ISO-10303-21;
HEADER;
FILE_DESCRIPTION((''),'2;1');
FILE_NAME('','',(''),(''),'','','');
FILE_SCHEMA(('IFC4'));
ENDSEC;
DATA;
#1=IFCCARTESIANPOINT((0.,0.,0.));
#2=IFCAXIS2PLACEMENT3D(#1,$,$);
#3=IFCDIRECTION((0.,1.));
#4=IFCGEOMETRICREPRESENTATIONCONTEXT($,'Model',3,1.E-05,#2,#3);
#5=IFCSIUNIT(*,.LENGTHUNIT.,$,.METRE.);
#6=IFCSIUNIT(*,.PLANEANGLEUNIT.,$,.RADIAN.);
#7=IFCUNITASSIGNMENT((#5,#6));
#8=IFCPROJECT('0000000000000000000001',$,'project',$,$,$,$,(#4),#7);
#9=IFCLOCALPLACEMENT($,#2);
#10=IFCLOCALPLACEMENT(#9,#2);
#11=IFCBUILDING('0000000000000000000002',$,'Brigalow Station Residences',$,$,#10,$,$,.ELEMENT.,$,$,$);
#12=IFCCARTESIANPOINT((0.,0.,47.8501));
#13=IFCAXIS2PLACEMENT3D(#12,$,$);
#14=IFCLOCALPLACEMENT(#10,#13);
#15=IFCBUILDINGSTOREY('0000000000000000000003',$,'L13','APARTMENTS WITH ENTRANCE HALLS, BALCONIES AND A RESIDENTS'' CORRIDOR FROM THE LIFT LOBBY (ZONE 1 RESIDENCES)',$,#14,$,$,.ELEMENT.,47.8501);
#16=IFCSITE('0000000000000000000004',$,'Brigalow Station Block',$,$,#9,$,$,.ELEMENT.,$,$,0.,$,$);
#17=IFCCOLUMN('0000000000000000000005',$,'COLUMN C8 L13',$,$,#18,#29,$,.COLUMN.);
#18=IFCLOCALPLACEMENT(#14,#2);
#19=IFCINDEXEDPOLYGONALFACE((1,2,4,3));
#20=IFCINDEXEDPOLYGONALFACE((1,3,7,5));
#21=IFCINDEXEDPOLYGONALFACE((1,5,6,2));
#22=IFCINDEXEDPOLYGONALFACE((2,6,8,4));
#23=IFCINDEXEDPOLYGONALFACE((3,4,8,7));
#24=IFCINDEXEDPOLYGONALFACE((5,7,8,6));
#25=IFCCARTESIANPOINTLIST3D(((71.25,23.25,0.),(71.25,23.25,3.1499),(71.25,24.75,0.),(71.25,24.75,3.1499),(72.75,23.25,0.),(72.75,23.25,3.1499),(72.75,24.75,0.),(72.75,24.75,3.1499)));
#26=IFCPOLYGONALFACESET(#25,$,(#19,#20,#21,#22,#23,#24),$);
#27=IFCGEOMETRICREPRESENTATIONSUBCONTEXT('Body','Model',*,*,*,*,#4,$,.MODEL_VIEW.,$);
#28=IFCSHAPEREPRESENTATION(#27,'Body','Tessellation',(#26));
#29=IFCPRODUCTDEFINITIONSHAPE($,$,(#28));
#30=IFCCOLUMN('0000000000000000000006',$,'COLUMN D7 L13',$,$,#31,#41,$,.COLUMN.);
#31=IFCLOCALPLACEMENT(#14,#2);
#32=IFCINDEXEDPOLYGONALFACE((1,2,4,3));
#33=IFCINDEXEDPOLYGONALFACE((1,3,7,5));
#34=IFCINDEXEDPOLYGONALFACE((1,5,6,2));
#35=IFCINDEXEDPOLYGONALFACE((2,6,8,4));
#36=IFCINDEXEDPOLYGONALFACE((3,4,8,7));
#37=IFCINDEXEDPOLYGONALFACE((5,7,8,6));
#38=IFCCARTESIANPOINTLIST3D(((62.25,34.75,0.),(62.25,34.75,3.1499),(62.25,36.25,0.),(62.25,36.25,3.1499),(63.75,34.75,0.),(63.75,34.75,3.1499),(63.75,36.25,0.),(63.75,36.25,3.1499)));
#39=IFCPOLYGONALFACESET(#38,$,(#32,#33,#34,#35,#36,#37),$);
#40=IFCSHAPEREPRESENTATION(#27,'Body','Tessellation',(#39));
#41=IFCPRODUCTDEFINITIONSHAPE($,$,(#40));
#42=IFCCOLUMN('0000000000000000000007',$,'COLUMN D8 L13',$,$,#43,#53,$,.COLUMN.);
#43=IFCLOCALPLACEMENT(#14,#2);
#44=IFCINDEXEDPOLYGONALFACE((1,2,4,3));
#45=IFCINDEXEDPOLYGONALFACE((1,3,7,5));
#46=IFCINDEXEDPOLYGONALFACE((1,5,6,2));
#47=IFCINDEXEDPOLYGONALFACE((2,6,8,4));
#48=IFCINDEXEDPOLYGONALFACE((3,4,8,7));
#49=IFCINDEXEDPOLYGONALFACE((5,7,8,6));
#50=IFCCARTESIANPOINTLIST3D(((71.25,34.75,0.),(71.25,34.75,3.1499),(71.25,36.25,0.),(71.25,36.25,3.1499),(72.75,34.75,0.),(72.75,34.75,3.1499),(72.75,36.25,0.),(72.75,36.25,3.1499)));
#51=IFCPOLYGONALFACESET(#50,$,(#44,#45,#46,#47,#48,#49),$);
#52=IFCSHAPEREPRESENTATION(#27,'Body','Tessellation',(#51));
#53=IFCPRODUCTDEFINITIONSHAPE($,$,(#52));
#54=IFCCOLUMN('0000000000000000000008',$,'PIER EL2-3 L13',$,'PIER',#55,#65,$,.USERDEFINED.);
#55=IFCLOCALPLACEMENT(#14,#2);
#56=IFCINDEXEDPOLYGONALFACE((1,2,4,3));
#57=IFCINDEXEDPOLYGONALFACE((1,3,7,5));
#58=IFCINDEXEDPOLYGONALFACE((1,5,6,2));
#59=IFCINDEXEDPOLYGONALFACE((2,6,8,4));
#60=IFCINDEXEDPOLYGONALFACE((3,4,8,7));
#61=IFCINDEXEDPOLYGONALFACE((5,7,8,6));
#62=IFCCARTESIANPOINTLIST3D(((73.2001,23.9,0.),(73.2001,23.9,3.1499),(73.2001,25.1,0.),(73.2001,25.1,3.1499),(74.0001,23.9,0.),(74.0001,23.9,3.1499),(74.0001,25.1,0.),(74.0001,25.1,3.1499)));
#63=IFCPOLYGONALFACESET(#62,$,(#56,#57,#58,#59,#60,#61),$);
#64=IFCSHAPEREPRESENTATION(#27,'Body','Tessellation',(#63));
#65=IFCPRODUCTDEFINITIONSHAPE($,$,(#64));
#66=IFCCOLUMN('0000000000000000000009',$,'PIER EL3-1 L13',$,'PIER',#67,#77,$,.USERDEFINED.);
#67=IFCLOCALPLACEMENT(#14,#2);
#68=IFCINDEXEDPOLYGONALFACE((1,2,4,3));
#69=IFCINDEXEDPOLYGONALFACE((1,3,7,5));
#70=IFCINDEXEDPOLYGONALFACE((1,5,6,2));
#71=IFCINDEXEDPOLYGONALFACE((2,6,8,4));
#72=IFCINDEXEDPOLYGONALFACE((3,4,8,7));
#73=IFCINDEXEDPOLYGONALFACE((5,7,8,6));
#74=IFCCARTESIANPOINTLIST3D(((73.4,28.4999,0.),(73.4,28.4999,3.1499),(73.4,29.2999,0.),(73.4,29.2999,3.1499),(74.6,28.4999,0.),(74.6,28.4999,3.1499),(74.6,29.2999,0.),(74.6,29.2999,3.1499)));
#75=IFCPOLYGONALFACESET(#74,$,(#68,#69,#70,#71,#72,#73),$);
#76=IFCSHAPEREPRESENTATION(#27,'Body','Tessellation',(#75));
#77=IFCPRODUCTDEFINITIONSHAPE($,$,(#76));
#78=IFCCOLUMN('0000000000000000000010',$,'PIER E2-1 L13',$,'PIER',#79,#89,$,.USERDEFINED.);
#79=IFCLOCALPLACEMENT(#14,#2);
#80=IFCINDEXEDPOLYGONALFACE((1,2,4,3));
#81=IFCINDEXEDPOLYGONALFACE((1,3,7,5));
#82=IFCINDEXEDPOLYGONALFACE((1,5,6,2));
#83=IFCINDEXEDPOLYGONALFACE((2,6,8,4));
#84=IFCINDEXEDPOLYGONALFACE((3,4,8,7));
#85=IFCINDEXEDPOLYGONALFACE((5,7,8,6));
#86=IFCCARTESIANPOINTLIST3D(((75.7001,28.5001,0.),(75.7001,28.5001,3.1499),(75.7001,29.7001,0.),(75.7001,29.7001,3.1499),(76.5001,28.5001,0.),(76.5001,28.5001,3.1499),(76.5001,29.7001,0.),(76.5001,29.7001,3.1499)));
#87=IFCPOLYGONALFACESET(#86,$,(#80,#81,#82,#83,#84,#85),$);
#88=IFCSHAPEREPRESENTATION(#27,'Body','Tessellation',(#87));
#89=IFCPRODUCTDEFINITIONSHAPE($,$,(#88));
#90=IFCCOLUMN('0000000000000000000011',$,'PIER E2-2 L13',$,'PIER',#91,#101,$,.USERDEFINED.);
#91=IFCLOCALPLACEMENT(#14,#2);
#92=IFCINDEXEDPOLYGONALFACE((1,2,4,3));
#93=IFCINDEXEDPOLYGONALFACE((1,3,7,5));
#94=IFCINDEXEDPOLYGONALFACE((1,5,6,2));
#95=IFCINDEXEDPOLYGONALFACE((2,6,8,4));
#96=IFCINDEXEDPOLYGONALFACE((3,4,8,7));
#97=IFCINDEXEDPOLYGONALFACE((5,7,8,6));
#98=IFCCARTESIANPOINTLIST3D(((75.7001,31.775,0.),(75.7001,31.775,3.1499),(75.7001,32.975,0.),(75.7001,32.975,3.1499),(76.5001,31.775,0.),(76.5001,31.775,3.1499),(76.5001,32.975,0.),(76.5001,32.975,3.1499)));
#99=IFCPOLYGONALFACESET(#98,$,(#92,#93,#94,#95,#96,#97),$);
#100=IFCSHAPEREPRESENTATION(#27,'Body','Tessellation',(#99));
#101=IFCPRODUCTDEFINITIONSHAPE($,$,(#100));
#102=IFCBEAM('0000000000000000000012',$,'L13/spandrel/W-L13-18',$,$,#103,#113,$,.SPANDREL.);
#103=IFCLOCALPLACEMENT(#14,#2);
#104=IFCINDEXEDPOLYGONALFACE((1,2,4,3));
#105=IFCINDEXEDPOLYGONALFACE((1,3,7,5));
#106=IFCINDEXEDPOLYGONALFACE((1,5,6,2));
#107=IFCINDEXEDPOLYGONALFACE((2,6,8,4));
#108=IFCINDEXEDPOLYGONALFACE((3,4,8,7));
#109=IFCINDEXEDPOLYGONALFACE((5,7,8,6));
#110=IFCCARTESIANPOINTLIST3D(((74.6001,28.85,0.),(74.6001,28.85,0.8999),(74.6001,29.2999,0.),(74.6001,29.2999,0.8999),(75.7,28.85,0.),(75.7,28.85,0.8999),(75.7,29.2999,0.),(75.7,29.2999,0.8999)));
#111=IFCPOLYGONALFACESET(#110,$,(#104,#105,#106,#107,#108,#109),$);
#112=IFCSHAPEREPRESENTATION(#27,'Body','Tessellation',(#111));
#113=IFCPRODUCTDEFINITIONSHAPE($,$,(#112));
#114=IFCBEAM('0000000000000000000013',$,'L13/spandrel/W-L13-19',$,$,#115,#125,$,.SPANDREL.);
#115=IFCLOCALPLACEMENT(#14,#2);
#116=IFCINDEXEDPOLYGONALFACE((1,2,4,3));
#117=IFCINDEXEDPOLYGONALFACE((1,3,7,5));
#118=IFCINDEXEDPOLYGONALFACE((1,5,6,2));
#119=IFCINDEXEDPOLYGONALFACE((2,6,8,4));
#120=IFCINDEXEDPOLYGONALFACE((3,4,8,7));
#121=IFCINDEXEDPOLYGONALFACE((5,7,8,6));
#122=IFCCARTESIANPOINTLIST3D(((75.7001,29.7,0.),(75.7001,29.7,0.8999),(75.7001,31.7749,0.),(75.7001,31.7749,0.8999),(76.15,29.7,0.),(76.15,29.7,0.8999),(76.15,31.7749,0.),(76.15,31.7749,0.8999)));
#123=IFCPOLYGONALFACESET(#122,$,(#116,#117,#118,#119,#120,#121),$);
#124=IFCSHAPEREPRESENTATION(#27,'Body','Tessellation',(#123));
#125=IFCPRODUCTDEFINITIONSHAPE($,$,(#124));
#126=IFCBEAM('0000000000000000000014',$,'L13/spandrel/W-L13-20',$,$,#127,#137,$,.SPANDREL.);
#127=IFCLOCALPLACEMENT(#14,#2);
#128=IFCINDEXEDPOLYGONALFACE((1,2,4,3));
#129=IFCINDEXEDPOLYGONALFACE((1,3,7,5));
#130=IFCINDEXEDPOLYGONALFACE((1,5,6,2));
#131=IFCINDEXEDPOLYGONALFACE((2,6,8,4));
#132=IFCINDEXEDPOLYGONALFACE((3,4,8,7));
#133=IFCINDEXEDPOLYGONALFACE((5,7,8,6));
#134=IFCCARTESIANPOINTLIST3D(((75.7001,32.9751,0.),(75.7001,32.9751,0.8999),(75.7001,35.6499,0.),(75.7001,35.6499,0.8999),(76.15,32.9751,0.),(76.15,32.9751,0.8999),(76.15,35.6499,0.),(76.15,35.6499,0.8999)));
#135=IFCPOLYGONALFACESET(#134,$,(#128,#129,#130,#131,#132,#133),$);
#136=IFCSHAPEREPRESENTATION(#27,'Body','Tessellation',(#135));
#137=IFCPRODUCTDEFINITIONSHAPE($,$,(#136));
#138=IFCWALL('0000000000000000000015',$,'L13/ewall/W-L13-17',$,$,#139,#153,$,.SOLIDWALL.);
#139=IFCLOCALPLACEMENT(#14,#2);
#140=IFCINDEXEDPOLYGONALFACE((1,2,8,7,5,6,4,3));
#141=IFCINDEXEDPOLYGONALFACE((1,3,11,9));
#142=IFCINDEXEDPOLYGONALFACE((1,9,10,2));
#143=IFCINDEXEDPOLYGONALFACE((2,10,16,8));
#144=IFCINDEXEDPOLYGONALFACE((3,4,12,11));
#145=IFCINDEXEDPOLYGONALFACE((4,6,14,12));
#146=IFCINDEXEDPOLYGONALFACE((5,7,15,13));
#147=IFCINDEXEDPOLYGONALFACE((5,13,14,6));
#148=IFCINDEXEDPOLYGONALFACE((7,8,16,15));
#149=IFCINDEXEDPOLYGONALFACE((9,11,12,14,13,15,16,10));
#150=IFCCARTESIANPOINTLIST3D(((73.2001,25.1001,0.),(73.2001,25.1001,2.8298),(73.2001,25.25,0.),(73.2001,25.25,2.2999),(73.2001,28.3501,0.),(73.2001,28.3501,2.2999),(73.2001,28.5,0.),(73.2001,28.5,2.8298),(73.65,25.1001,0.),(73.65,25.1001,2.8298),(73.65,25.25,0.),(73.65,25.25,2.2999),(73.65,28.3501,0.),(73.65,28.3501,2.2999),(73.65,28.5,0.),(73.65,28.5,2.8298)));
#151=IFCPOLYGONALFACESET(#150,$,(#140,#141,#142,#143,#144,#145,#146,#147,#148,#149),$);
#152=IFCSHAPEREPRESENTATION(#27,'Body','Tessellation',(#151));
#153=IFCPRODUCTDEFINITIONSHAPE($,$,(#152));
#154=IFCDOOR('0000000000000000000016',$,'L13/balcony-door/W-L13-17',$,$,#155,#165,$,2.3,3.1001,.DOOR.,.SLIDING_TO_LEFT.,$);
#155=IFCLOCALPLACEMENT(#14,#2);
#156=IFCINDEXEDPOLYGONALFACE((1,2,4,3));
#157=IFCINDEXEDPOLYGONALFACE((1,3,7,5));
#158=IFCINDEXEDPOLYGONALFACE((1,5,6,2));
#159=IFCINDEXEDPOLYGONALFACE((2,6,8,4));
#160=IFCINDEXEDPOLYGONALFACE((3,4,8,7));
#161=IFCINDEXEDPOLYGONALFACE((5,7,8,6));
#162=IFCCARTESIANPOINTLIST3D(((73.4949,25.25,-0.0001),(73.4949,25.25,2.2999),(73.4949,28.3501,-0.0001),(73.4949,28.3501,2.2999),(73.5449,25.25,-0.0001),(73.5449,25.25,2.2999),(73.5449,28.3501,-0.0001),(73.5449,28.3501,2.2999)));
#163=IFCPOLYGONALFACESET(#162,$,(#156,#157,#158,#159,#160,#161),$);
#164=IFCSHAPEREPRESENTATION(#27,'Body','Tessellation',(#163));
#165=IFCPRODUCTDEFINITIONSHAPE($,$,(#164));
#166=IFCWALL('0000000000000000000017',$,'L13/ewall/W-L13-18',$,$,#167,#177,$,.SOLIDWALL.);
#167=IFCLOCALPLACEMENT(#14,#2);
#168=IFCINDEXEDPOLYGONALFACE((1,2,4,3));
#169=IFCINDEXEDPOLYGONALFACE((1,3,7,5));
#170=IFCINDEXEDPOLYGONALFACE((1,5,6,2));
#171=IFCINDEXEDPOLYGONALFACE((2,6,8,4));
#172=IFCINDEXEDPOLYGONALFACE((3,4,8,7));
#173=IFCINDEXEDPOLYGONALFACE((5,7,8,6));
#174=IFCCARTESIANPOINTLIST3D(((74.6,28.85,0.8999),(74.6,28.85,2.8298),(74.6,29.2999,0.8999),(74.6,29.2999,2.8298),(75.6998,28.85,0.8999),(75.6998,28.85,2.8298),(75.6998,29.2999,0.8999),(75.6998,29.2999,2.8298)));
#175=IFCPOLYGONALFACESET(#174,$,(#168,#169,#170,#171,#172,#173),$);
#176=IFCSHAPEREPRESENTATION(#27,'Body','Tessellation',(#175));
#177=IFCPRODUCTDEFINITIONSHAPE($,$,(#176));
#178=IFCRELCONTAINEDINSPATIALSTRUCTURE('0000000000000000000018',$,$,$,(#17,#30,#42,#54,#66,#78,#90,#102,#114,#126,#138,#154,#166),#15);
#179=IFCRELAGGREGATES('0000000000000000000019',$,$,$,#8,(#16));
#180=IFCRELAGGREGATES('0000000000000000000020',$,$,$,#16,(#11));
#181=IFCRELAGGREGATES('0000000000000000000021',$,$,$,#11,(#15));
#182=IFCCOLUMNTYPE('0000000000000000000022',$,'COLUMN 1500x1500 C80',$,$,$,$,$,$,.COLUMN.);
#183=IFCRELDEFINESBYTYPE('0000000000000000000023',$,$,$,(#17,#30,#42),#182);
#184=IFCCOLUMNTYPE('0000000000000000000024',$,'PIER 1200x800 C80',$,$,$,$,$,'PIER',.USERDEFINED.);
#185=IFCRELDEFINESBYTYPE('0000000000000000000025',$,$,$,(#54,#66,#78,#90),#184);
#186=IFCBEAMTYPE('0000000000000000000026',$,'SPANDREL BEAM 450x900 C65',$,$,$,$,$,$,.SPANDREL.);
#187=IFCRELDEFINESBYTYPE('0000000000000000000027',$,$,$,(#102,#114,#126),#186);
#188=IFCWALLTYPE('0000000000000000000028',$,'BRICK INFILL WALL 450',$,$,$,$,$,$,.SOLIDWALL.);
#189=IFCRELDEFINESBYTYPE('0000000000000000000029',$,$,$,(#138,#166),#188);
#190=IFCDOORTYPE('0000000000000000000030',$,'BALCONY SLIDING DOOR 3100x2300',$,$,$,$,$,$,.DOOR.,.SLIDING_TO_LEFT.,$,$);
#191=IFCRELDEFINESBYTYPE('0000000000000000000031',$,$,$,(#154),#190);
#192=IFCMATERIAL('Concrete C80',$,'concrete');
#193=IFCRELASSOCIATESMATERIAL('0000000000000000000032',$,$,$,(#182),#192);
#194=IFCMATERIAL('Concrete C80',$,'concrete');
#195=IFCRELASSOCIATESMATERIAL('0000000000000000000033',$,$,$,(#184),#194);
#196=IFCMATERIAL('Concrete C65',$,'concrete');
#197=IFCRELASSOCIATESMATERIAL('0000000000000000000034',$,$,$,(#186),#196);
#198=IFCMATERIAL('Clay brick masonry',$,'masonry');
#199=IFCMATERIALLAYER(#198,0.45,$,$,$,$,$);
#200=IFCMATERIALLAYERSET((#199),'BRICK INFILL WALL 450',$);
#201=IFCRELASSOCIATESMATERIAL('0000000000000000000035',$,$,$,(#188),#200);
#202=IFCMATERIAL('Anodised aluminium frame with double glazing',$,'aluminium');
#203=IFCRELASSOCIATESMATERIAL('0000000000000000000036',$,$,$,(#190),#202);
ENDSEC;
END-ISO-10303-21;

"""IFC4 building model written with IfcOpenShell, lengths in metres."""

from ifc_helpers import new_model, si_unit, direction, frame, frame_2d, origin, origin_2d, place, context, subcontext, project, spatial, rectangle, extrude, material, layer, layer_set, material_profile, profile_set, type_object, element, fill, save


model = new_model("IFC4")

# Units and contexts
model_context = context("Model", 3, precision=1e-05, world=origin(), true_north=direction((0.0, 1.0)))
body_context = subcontext(model_context, "Body", "Model", "MODEL_VIEW")
ifc_project = project(units=[si_unit("LENGTHUNIT", "METRE"), si_unit("PLANEANGLEUNIT", "RADIAN")], contexts=[model_context])

# Site, building, storey
site_placement = place(None, origin())
site = spatial("IfcSite", under=ifc_project, at=site_placement, Name="Brigalow Station Block", CompositionType="ELEMENT", RefElevation=0.0)
building_placement = place(site_placement, origin())
building = spatial("IfcBuilding", under=site, at=building_placement, Name="Brigalow Station Residences", CompositionType="ELEMENT")
storey_placement = place(building_placement, frame((0.0, 0.0, 47.8501)))
storey = spatial("IfcBuildingStorey", under=building, at=storey_placement, Name="L13", Description="APARTMENTS WITH ENTRANCE HALLS, BALCONIES AND A RESIDENTS' CORRIDOR FROM THE LIFT LOBBY (ZONE 1 RESIDENCES)", CompositionType="ELEMENT", Elevation=47.8501)

# Columns
ifc_material_1 = material(Name="Concrete C80", Category="concrete")
ifc_material_profile_1 = material_profile(ifc_material_1, rectangle(XDim=1.5, YDim=1.5, at=origin_2d()), Name="RC1500x1500")
ifc_profile_set_1 = profile_set([ifc_material_profile_1], Name="Concrete C80")
column_type_1 = type_object("IfcColumnType", Name="COLUMN 1500x1500 C80", PredefinedType="COLUMN", material=ifc_profile_set_1)
for number, where, z_axis, x_axis, name in (
    (1, (72.0, 24.0, 0.0), (0.0, 0.0, 1.0), (1.0, 0.0, 0.0), "COLUMN C8 L13"),
    (2, (63.0, 35.5, 0.0), (0.0, 0.0, 1.0), (1.0, 0.0, 0.0), "COLUMN D7 L13"),
    (3, (72.0, 35.5, 0.0), (0.0, 0.0, 1.0), (1.0, 0.0, 0.0), "COLUMN D8 L13"),
):
    element("IfcColumn", number, at=place(storey_placement, frame(where, z_axis=z_axis, x_axis=x_axis)), inside=storey, type_object=column_type_1, Name=name, PredefinedType="COLUMN", context=body_context, shape_type="SweptSolid", body=[
        extrude(rectangle(XDim=1.5, YDim=1.5, at=origin_2d()), origin(), (0.0, 0.0, 1.0), 3.1499),
    ])
ifc_material_2 = material(Name="Concrete C80", Category="concrete")
ifc_material_profile_2 = material_profile(ifc_material_2, rectangle(XDim=1.2, YDim=0.8, at=origin_2d()), Name="RC1200x800")
ifc_profile_set_2 = profile_set([ifc_material_profile_2], Name="Concrete C80")
column_type_2 = type_object("IfcColumnType", Name="PIER 1200x800 C80", ElementType="PIER", PredefinedType="USERDEFINED", material=ifc_profile_set_2)
for number, where, z_axis, x_axis, name in (
    (4, (73.6001, 24.5, 0.0), (0.0, 0.0, 1.0), (0.0, 1.0, 0.0), "PIER EL2-3 L13"),
    (5, (74.0, 28.8999, 0.0), (0.0, 0.0, 1.0), (1.0, 0.0, 0.0), "PIER EL3-1 L13"),
    (6, (76.1001, 29.1001, 0.0), (0.0, 0.0, 1.0), (0.0, 1.0, 0.0), "PIER E2-1 L13"),
    (7, (76.1001, 32.375, 0.0), (0.0, 0.0, 1.0), (0.0, 1.0, 0.0), "PIER E2-2 L13"),
):
    element("IfcColumn", number, at=place(storey_placement, frame(where, z_axis=z_axis, x_axis=x_axis)), inside=storey, type_object=column_type_2, Name=name, ObjectType="PIER", PredefinedType="USERDEFINED", context=body_context, shape_type="SweptSolid", body=[
        extrude(rectangle(XDim=1.2, YDim=0.8, at=origin_2d()), origin(), (0.0, 0.0, 1.0), 3.1499),
    ])

# Beams
ifc_material_3 = material(Name="Concrete C65", Category="concrete")
ifc_material_profile_3 = material_profile(ifc_material_3, rectangle(XDim=0.45, YDim=0.8999, at=origin_2d()), Name="RC450x900")
ifc_profile_set_3 = profile_set([ifc_material_profile_3], Name="Concrete C65")
beam_type = type_object("IfcBeamType", Name="SPANDREL BEAM 450x900 C65", PredefinedType="SPANDREL", material=ifc_profile_set_3)
beam_1_placement = place(storey_placement, frame((74.6001, 29.075, 0.45), z_axis=(1.0, 0.0, 0.0), x_axis=(0.0, 1.0, 0.0)))
element("IfcBeam", 8, at=beam_1_placement, inside=storey, type_object=beam_type, Name="L13/spandrel/W-L13-18", PredefinedType="SPANDREL", context=body_context, shape_type="SweptSolid", body=[
    extrude(rectangle(XDim=0.45, YDim=0.8999, at=origin_2d()), origin(), (0.0, 0.0, 1.0), 1.0999),
])
beam_2_placement = place(storey_placement, frame((75.925, 29.7, 0.45), z_axis=(0.0, 1.0, 0.0), x_axis=(-1.0, 0.0, 0.0)))
element("IfcBeam", 9, at=beam_2_placement, inside=storey, type_object=beam_type, Name="L13/spandrel/W-L13-19", PredefinedType="SPANDREL", context=body_context, shape_type="SweptSolid", body=[
    extrude(rectangle(XDim=0.45, YDim=0.8999, at=origin_2d()), origin(), (0.0, 0.0, 1.0), 2.075),
])
beam_3_placement = place(storey_placement, frame((75.925, 32.9751, 0.45), z_axis=(0.0, 1.0, 0.0), x_axis=(-1.0, 0.0, 0.0)))
element("IfcBeam", 10, at=beam_3_placement, inside=storey, type_object=beam_type, Name="L13/spandrel/W-L13-20", PredefinedType="SPANDREL", context=body_context, shape_type="SweptSolid", body=[
    extrude(rectangle(XDim=0.45, YDim=0.8999, at=origin_2d()), origin(), (0.0, 0.0, 1.0), 2.6748),
])

# Wall, opening, door
ifc_material_4 = material(Name="Clay brick masonry", Category="masonry")
ifc_layer_1 = layer(ifc_material_4, 0.45)
ifc_layer_set_1 = layer_set([ifc_layer_1], Name="BRICK INFILL WALL 450")
wall_type_1 = type_object("IfcWallType", Name="BRICK INFILL WALL 450", PredefinedType="SOLIDWALL", material=ifc_layer_set_1)
wall_1_placement = place(storey_placement, frame((73.425, 25.1001, 0.0), z_axis=(0.0, 0.0, 1.0), x_axis=(0.0, 1.0, 0.0)))
wall_1 = element("IfcWall", 11, at=wall_1_placement, inside=storey, type_object=wall_type_1, Name="L13/ewall/W-L13-17", PredefinedType="SOLIDWALL", context=body_context, shape_type="SweptSolid", body=[
    extrude(rectangle(XDim=3.3999, YDim=0.45, at=frame_2d((1.7, 0.0))), origin(), (0.0, 0.0, 1.0), 2.8298),
])
opening_1_placement = place(wall_1_placement, frame((0.1499, 0.0, 0.0)))
opening_1 = element("IfcOpeningElement", 12, at=opening_1_placement, cuts=wall_1, PredefinedType="OPENING", context=body_context, shape_type="SweptSolid", body=[
    extrude(rectangle(XDim=3.1001, YDim=2.3, at=frame_2d((1.55, 1.1499))), frame((0.0, 0.2349, 0.0), z_axis=(0.0, -1.0, 0.0), x_axis=(1.0, 0.0, 0.0)), (0.0, 0.0, 1.0), 0.47),
])
ifc_material_5 = material(Name="Anodised aluminium frame with double glazing", Category="aluminium")
door_type_1 = type_object("IfcDoorType", Name="BALCONY SLIDING DOOR 3100x2300", OperationType="SLIDING_TO_LEFT", PredefinedType="DOOR", material=ifc_material_5)
door_1_placement = place(opening_1_placement, origin())
door_1 = element("IfcDoor", 13, at=door_1_placement, inside=storey, type_object=door_type_1, Name="L13/balcony-door/W-L13-17", OperationType="SLIDING_TO_LEFT", OverallHeight=2.3, OverallWidth=3.1001, PredefinedType="DOOR", context=body_context, shape_type="SweptSolid", body=[
    extrude(rectangle(XDim=3.1001, YDim=2.3, at=frame_2d((1.55, 1.1499))), frame((0.0, -0.0698, 0.0), z_axis=(0.0, -1.0, 0.0), x_axis=(1.0, 0.0, 0.0)), (0.0, 0.0, 1.0), 0.05),
])
fill(opening_1, door_1)

# Wall
wall_2_placement = place(storey_placement, frame((74.6001, 29.075, 0.8999), z_axis=(0.0, 0.0, 1.0), x_axis=(1.0, 0.0, 0.0)))
element("IfcWall", 14, at=wall_2_placement, inside=storey, type_object=wall_type_1, Name="L13/ewall/W-L13-18", PredefinedType="SOLIDWALL", context=body_context, shape_type="SweptSolid", body=[
    extrude(rectangle(XDim=1.0999, YDim=0.45, at=frame_2d((0.5498, 0.0))), origin(), (0.0, 0.0, 1.0), 1.9299),
])

save(model, "model.ifc")
